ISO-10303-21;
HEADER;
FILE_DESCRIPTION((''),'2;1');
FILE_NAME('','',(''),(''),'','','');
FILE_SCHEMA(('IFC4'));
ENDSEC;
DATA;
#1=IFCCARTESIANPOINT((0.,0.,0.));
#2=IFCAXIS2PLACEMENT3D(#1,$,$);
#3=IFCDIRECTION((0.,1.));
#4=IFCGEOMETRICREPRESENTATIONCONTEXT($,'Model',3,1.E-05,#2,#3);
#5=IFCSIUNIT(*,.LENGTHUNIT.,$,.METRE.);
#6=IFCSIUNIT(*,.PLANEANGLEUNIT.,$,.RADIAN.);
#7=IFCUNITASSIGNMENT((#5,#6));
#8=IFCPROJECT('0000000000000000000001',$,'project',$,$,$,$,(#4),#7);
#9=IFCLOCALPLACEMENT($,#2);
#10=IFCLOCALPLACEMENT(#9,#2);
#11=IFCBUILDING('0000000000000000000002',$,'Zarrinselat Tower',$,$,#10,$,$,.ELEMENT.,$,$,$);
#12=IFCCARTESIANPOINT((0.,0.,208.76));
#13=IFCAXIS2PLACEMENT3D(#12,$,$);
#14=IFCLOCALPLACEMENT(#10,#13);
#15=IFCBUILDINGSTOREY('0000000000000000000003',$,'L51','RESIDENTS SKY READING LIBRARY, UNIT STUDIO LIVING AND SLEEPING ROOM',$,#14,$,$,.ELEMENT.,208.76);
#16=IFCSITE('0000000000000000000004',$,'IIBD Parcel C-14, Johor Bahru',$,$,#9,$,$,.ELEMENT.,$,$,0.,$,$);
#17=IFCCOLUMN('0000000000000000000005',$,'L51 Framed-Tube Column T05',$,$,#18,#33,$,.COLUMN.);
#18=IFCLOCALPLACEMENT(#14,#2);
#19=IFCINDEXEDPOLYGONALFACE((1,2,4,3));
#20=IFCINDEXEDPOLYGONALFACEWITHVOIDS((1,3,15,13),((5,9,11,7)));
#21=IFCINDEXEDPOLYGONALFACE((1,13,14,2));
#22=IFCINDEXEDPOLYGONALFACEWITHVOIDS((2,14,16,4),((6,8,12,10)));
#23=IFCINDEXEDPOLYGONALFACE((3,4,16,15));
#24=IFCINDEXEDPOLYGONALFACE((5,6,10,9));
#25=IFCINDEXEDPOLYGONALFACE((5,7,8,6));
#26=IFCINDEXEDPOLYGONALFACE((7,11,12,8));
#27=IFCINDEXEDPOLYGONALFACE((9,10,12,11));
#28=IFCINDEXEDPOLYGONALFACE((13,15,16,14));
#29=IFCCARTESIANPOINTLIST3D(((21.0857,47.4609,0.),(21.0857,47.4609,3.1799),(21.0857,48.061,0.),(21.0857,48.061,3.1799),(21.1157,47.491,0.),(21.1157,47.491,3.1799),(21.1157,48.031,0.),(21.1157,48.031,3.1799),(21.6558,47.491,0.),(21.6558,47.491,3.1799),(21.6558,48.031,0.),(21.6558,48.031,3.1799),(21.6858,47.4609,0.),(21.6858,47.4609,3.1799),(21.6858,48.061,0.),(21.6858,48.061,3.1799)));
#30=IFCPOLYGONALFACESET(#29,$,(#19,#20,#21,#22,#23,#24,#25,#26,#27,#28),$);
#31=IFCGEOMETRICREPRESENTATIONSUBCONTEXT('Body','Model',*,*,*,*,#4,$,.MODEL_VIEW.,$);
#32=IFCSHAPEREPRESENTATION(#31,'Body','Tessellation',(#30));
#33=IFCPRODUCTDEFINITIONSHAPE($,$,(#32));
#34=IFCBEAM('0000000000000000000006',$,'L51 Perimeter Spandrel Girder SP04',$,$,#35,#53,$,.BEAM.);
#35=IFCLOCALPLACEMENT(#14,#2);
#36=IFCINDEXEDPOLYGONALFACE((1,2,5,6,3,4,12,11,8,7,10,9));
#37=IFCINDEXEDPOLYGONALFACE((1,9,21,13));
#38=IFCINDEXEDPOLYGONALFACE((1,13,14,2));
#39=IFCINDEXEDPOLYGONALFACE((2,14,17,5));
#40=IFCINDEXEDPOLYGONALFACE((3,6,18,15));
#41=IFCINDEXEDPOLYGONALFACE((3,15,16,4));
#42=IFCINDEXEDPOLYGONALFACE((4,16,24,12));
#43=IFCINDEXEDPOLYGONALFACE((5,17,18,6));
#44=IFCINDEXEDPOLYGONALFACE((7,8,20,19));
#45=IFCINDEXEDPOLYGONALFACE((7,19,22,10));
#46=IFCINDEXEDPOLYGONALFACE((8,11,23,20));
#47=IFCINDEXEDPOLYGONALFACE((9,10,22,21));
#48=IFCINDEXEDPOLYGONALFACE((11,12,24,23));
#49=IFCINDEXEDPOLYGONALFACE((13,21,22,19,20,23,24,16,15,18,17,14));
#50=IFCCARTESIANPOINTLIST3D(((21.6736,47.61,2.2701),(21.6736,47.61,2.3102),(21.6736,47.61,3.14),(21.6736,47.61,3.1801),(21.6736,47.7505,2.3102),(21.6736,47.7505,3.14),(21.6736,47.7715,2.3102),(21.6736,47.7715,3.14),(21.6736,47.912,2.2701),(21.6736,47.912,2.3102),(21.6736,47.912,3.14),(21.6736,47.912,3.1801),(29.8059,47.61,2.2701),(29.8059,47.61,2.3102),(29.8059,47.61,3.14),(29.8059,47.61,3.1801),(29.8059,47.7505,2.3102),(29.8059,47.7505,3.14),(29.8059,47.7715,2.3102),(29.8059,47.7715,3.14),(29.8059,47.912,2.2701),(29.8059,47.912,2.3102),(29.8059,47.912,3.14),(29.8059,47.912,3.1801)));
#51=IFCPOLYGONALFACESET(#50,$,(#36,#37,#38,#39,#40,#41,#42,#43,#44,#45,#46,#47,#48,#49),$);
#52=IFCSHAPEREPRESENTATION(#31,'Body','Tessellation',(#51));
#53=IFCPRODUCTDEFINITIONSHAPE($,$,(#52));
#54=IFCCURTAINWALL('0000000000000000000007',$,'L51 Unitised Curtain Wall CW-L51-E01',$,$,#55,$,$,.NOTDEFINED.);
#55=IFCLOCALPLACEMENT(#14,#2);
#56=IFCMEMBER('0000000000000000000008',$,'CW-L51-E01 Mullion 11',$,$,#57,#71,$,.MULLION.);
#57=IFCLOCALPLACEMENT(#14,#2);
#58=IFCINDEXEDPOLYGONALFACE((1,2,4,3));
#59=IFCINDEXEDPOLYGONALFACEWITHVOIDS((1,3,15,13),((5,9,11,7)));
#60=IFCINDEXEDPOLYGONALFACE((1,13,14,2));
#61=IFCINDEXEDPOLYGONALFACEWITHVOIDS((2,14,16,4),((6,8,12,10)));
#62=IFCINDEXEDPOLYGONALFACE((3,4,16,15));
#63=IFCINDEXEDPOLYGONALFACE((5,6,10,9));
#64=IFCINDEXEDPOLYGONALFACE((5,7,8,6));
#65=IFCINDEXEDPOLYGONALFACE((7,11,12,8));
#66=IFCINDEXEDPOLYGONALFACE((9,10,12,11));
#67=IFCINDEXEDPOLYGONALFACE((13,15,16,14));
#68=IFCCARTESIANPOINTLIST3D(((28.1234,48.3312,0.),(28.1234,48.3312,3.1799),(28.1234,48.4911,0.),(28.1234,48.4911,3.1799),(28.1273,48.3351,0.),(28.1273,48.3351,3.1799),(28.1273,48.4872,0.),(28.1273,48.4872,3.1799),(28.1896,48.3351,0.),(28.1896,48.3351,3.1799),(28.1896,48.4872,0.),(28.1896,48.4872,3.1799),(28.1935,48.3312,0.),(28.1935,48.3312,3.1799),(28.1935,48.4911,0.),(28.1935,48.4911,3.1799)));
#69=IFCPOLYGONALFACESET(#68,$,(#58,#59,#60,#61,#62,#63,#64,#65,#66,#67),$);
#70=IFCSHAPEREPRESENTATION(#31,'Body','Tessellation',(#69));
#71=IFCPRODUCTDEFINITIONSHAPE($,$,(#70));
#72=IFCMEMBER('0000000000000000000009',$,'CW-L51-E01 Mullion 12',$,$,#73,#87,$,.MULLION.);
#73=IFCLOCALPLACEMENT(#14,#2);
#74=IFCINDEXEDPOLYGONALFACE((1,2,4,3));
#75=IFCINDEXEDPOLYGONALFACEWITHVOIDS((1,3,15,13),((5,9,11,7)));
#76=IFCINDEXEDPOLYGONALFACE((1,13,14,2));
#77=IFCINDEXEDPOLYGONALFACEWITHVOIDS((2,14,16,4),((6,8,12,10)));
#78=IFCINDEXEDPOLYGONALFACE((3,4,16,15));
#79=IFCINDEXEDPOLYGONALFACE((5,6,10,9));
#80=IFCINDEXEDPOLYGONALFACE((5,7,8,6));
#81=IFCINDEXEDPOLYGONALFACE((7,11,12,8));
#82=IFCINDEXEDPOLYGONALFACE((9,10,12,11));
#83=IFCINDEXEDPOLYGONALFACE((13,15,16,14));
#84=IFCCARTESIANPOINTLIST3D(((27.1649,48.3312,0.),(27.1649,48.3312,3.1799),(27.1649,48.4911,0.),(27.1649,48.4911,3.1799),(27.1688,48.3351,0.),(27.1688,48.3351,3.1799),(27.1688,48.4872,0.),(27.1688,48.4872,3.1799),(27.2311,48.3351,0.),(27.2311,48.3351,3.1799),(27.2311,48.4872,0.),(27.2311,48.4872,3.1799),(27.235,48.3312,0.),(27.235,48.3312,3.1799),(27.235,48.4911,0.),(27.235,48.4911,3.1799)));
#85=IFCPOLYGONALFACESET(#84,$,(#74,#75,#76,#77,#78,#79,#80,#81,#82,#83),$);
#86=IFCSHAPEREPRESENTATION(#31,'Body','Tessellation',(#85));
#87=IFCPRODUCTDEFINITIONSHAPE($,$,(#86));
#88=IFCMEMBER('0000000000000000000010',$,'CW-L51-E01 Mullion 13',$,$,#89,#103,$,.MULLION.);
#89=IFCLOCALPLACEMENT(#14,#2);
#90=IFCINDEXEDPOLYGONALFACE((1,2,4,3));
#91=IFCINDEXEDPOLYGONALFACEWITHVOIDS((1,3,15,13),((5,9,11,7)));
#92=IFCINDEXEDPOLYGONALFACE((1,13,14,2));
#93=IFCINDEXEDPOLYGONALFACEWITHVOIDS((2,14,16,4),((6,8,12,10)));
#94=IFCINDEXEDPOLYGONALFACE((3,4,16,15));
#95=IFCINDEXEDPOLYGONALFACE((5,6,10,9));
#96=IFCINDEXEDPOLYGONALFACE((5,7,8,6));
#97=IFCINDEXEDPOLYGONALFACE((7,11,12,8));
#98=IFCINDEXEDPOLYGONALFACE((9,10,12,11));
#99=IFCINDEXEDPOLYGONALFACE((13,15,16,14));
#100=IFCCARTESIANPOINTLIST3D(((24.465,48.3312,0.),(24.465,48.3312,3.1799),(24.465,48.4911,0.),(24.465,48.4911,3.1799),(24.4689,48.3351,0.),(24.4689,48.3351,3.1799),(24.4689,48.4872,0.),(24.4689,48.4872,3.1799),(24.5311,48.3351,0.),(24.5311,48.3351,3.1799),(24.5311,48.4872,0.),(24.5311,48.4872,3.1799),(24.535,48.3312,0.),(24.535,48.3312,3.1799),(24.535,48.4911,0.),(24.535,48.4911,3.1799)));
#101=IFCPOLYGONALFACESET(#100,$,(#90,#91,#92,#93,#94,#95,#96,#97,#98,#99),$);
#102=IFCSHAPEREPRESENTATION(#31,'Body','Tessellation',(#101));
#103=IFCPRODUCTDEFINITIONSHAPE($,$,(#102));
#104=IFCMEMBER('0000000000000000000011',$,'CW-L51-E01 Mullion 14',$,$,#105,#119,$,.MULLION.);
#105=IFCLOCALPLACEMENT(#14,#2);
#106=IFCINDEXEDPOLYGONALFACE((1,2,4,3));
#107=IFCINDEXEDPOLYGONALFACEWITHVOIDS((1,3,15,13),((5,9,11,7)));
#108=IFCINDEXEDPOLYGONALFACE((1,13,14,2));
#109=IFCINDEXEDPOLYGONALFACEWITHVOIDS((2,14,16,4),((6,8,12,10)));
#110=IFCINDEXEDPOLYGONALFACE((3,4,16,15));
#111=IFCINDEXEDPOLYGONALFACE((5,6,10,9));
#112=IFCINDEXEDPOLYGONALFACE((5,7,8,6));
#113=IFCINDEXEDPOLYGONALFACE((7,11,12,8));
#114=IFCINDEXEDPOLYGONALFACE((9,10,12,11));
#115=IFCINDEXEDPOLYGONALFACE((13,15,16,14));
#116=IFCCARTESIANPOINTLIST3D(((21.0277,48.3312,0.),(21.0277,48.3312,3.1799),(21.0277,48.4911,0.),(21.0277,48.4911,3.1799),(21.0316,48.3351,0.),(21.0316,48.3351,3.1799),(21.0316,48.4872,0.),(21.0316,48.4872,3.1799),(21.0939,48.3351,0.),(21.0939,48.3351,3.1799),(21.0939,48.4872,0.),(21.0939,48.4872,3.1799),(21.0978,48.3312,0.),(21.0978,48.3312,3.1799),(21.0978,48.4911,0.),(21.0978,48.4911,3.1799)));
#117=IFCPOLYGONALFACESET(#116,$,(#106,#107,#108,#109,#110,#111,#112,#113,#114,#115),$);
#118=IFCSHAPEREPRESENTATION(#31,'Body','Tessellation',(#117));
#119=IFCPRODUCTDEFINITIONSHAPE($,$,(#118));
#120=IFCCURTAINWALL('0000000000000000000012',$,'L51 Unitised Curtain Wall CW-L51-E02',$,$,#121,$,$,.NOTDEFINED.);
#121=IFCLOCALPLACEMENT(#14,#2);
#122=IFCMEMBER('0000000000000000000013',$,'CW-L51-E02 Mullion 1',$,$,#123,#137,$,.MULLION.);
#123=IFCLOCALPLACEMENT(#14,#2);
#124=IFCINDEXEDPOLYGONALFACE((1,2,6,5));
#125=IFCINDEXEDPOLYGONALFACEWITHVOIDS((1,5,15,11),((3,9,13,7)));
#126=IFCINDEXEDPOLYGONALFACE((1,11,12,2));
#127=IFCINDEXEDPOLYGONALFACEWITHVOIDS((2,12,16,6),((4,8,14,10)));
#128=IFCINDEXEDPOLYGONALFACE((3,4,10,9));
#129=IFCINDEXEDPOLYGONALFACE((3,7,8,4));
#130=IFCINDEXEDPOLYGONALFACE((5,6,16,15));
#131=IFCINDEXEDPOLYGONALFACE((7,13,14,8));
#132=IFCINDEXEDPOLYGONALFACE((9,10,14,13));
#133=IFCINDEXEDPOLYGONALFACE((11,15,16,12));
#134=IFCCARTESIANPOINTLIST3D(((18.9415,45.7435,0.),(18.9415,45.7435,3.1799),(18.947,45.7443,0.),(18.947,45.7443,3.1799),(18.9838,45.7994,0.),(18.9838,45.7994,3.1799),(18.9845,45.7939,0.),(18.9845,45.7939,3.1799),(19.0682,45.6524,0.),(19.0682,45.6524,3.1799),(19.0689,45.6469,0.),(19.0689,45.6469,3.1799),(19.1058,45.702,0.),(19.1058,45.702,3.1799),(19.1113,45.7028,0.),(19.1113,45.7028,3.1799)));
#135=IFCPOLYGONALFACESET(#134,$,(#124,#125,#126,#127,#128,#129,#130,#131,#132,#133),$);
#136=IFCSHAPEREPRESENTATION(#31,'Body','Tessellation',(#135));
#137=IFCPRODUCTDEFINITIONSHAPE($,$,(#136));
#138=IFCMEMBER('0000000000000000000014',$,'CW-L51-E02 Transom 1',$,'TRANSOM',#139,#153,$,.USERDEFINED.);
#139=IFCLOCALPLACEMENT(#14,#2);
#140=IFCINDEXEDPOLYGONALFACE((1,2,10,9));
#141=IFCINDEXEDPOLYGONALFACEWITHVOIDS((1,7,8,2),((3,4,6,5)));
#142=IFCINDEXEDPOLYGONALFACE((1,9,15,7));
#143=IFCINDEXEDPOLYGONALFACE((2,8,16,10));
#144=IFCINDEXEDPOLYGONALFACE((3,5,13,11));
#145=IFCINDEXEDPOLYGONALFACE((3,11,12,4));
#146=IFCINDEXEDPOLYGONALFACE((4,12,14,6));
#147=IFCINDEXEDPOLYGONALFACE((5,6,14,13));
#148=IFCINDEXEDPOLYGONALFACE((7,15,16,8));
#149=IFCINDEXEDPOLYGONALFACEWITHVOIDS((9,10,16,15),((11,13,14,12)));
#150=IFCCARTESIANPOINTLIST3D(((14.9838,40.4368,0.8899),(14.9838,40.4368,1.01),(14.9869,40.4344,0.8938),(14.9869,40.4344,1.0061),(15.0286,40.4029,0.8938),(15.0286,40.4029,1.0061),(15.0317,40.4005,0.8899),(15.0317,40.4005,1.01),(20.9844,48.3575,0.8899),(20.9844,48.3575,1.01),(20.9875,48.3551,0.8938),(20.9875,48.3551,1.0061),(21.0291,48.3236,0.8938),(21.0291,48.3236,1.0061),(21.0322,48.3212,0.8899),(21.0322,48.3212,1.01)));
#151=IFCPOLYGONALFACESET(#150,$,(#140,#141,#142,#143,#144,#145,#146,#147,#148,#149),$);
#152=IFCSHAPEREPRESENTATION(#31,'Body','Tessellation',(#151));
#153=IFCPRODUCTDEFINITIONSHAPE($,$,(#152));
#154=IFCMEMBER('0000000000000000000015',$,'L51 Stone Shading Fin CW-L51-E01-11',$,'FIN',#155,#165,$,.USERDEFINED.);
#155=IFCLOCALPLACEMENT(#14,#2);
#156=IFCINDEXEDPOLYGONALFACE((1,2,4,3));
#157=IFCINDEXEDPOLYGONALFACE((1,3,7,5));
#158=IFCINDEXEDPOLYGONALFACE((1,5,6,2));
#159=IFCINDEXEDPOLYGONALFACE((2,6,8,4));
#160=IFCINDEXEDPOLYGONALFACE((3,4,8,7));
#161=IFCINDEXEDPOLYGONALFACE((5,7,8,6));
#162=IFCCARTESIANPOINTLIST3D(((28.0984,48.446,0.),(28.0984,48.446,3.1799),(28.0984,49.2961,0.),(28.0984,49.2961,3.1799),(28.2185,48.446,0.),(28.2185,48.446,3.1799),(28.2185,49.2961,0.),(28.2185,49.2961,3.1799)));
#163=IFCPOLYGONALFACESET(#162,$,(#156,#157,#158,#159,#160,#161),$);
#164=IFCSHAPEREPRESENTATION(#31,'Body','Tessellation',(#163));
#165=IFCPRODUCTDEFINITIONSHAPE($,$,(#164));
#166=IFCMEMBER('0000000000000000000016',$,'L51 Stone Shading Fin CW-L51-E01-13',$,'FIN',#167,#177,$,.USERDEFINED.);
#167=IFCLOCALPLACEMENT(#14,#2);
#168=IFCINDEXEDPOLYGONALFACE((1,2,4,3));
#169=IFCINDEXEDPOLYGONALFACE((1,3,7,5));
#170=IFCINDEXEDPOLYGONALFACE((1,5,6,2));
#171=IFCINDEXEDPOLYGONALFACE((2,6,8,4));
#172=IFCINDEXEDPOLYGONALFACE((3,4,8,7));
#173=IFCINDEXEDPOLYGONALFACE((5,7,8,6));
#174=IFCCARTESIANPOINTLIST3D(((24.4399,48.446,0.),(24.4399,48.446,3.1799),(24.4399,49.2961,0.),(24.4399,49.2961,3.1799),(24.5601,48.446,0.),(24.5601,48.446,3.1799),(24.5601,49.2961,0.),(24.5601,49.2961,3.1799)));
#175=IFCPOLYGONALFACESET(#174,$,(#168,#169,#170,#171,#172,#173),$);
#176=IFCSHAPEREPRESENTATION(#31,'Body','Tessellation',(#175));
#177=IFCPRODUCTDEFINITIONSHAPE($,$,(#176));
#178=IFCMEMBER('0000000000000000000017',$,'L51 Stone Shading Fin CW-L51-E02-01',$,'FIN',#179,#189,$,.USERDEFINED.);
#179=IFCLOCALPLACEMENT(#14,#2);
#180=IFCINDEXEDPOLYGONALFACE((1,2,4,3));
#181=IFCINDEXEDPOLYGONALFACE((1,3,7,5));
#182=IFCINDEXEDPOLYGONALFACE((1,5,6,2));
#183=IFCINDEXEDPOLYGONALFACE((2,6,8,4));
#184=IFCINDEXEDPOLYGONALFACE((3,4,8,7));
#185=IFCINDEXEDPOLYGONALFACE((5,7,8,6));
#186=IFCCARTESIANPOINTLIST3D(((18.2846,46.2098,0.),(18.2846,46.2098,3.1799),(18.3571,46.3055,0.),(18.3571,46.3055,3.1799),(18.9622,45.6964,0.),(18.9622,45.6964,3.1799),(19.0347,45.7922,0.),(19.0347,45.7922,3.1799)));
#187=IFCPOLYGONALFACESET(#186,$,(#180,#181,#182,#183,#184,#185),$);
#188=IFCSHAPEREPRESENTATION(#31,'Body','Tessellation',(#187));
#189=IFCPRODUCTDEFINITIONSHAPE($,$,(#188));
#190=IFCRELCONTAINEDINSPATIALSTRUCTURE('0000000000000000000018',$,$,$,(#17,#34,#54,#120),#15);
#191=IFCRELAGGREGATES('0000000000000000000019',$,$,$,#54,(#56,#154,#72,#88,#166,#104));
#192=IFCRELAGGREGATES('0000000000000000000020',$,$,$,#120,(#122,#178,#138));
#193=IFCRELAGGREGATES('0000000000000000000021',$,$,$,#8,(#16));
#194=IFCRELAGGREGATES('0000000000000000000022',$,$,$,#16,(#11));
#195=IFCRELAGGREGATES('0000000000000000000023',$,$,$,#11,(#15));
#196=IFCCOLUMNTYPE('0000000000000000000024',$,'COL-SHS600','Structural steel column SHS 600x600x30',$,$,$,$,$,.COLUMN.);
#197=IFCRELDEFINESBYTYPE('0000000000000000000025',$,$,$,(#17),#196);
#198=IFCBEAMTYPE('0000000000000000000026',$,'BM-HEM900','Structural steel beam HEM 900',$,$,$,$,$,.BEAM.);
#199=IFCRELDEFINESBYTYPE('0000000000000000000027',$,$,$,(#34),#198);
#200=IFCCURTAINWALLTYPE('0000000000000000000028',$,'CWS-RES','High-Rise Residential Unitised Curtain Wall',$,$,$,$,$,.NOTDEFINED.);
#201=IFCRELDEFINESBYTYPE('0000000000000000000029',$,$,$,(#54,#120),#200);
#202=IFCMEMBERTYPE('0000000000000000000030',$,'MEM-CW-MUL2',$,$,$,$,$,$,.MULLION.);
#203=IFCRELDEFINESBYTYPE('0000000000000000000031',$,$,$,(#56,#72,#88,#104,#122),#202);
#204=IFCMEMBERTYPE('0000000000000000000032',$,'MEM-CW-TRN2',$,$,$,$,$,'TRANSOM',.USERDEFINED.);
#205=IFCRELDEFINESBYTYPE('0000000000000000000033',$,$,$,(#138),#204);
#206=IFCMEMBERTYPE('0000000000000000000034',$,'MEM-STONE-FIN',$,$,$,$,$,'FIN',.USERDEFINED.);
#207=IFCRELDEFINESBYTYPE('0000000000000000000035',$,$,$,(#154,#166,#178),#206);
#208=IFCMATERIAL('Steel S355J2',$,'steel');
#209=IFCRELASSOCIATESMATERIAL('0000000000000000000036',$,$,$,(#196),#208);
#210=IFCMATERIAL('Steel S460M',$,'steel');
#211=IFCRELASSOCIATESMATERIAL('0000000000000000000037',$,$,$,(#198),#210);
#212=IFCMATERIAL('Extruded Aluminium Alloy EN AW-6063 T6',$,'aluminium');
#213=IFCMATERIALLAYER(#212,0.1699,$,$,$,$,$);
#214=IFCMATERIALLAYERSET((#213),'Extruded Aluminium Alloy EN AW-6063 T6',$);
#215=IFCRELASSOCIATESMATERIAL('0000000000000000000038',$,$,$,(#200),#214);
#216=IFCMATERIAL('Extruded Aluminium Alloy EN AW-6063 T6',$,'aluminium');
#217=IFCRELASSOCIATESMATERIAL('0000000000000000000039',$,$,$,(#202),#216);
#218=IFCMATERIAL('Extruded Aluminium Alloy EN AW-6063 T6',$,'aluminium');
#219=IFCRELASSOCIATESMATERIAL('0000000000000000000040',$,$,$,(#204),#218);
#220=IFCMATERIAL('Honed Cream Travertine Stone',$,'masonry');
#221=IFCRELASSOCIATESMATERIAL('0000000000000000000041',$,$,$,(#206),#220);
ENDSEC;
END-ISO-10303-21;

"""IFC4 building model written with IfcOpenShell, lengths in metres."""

from ifc_helpers import new_model, si_unit, direction, frame, origin, origin_2d, place, context, subcontext, project, spatial, rectangle, hollow_rectangle, i_section, extrude, material, layer, layer_set, material_profile, profile_set, type_object, element, aggregate, save


model = new_model("IFC4")

# Units and contexts
model_context = context("Model", 3, precision=1e-05, world=origin(), true_north=direction((0.0, 1.0)))
body_context = subcontext(model_context, "Body", "Model", "MODEL_VIEW")
ifc_project = project(units=[si_unit("LENGTHUNIT", "METRE"), si_unit("PLANEANGLEUNIT", "RADIAN")], contexts=[model_context])

# Site, building, storey
site_placement = place(None, origin())
site = spatial("IfcSite", under=ifc_project, at=site_placement, Name="IIBD Parcel C-14, Johor Bahru", CompositionType="ELEMENT", RefElevation=0.0)
building_placement = place(site_placement, origin())
building = spatial("IfcBuilding", under=site, at=building_placement, Name="Zarrinselat Tower", CompositionType="ELEMENT")
storey_placement = place(building_placement, frame((0.0, 0.0, 208.76)))
storey = spatial("IfcBuildingStorey", under=building, at=storey_placement, Name="L51", Description="RESIDENTS SKY READING LIBRARY, UNIT STUDIO LIVING AND SLEEPING ROOM", CompositionType="ELEMENT", Elevation=208.76)

# Column
ifc_material_1 = material(Name="Steel S355J2", Category="steel")
ifc_material_profile_1 = material_profile(ifc_material_1, hollow_rectangle(XDim=0.6001, YDim=0.6001, WallThickness=0.03, at=origin_2d()), Name="SHS 600x600x30")
ifc_profile_set_1 = profile_set([ifc_material_profile_1], Name="Steel S355J2")
column_type = type_object("IfcColumnType", Name="COL-SHS600", Description="Structural steel column SHS 600x600x30", PredefinedType="COLUMN", material=ifc_profile_set_1)
column_placement = place(storey_placement, frame((21.3857, 47.761, 0.0), z_axis=(0.0, 0.0, 1.0), x_axis=(1.0, 0.0, 0.0)))
element("IfcColumn", 1, at=column_placement, inside=storey, type_object=column_type, Name="L51 Framed-Tube Column T05", PredefinedType="COLUMN", context=body_context, shape_type="SweptSolid", body=[
    extrude(hollow_rectangle(XDim=0.6001, YDim=0.6001, WallThickness=0.03, at=origin_2d()), origin(), (0.0, 0.0, 1.0), 3.1799),
])

# Beam
ifc_material_2 = material(Name="Steel S460M", Category="steel")
ifc_material_profile_2 = material_profile(ifc_material_2, i_section(OverallWidth=0.302, OverallDepth=0.9099, WebThickness=0.021, FlangeThickness=0.04, at=origin_2d()), Name="HEM 900")
ifc_profile_set_2 = profile_set([ifc_material_profile_2], Name="Steel S460M")
beam_type = type_object("IfcBeamType", Name="BM-HEM900", Description="Structural steel beam HEM 900", PredefinedType="BEAM", material=ifc_profile_set_2)
beam_placement = place(storey_placement, frame((21.6736, 47.761, 2.7251), z_axis=(1.0, 0.0, 0.0), x_axis=(0.0, 1.0, 0.0)))
element("IfcBeam", 2, at=beam_placement, inside=storey, type_object=beam_type, Name="L51 Perimeter Spandrel Girder SP04", PredefinedType="BEAM", context=body_context, shape_type="SweptSolid", body=[
    extrude(i_section(OverallWidth=0.302, OverallDepth=0.9099, WebThickness=0.021, FlangeThickness=0.04, at=origin_2d()), origin(), (0.0, 0.0, 1.0), 8.1323),
])

# Curtain walls, members
ifc_material_3 = material(Name="Extruded Aluminium Alloy EN AW-6063 T6", Category="aluminium")
ifc_layer_1 = layer(ifc_material_3, 0.1699)
ifc_layer_set_1 = layer_set([ifc_layer_1], Name="Extruded Aluminium Alloy EN AW-6063 T6")
curtain_wall_type = type_object("IfcCurtainWallType", Name="CWS-RES", Description="High-Rise Residential Unitised Curtain Wall", PredefinedType="NOTDEFINED", material=ifc_layer_set_1)
curtain_wall_1_placement = place(storey_placement, origin())
curtain_wall_1 = element("IfcCurtainWall", 3, at=curtain_wall_1_placement, inside=storey, type_object=curtain_wall_type, Name="L51 Unitised Curtain Wall CW-L51-E01", PredefinedType="NOTDEFINED")
ifc_material_4 = material(Name="Extruded Aluminium Alloy EN AW-6063 T6", Category="aluminium")
ifc_material_profile_3 = material_profile(ifc_material_4, hollow_rectangle(XDim=0.0701, YDim=0.1599, WallThickness=0.0039, at=origin_2d()), Name="RHS 160x70x4")
ifc_profile_set_3 = profile_set([ifc_material_profile_3], Name="Extruded Aluminium Alloy EN AW-6063 T6")
member_type_1 = type_object("IfcMemberType", Name="MEM-CW-MUL2", PredefinedType="MULLION", material=ifc_profile_set_3)
member_1_placement = place(storey_placement, frame((28.1584, 48.4111, 0.0), z_axis=(0.0, 0.0, 1.0), x_axis=(-1.0, 0.0, 0.0)))
member_1 = element("IfcMember", 4, at=member_1_placement, type_object=member_type_1, Name="CW-L51-E01 Mullion 11", PredefinedType="MULLION", context=body_context, shape_type="SweptSolid", body=[
    extrude(hollow_rectangle(XDim=0.0701, YDim=0.1599, WallThickness=0.0039, at=origin_2d()), origin(), (0.0, 0.0, 1.0), 3.1799),
])
member_2_placement = place(storey_placement, frame((27.2, 48.4111, 0.0), z_axis=(0.0, 0.0, 1.0), x_axis=(-1.0, 0.0, 0.0)))
member_2 = element("IfcMember", 5, at=member_2_placement, type_object=member_type_1, Name="CW-L51-E01 Mullion 12", PredefinedType="MULLION", context=body_context, shape_type="SweptSolid", body=[
    extrude(hollow_rectangle(XDim=0.0701, YDim=0.1599, WallThickness=0.0039, at=origin_2d()), origin(), (0.0, 0.0, 1.0), 3.1799),
])
member_3_placement = place(storey_placement, frame((24.5, 48.4111, 0.0), z_axis=(0.0, 0.0, 1.0), x_axis=(-1.0, 0.0, 0.0)))
member_3 = element("IfcMember", 6, at=member_3_placement, type_object=member_type_1, Name="CW-L51-E01 Mullion 13", PredefinedType="MULLION", context=body_context, shape_type="SweptSolid", body=[
    extrude(hollow_rectangle(XDim=0.0701, YDim=0.1599, WallThickness=0.0039, at=origin_2d()), origin(), (0.0, 0.0, 1.0), 3.1799),
])
member_4_placement = place(storey_placement, frame((21.0627, 48.4111, 0.0), z_axis=(0.0, 0.0, 1.0), x_axis=(-1.0, 0.0, 0.0)))
member_4 = element("IfcMember", 7, at=member_4_placement, type_object=member_type_1, Name="CW-L51-E01 Mullion 14", PredefinedType="MULLION", context=body_context, shape_type="SweptSolid", body=[
    extrude(hollow_rectangle(XDim=0.0701, YDim=0.1599, WallThickness=0.0039, at=origin_2d()), origin(), (0.0, 0.0, 1.0), 3.1799),
])
curtain_wall_2_placement = place(storey_placement, origin())
curtain_wall_2 = element("IfcCurtainWall", 8, at=curtain_wall_2_placement, inside=storey, type_object=curtain_wall_type, Name="L51 Unitised Curtain Wall CW-L51-E02", PredefinedType="NOTDEFINED")
member_5_placement = place(storey_placement, frame((19.0264, 45.7231, 0.0), z_axis=(0.0, 0.0, 1.0), x_axis=(-0.603854, -0.797095, 0.0)))
member_5 = element("IfcMember", 9, at=member_5_placement, type_object=member_type_1, Name="CW-L51-E02 Mullion 1", PredefinedType="MULLION", context=body_context, shape_type="SweptSolid", body=[
    extrude(hollow_rectangle(XDim=0.0701, YDim=0.1599, WallThickness=0.0039, at=origin_2d()), origin(), (0.0, 0.0, 1.0), 3.1799),
])
ifc_material_5 = material(Name="Extruded Aluminium Alloy EN AW-6063 T6", Category="aluminium")
ifc_material_profile_4 = material_profile(ifc_material_5, hollow_rectangle(XDim=0.0601, YDim=0.1201, WallThickness=0.0039, at=origin_2d()), Name="RHS 120x60x4")
ifc_profile_set_4 = profile_set([ifc_material_profile_4], Name="Extruded Aluminium Alloy EN AW-6063 T6")
member_type_2 = type_object("IfcMemberType", Name="MEM-CW-TRN2", ElementType="TRANSOM", PredefinedType="USERDEFINED", material=ifc_profile_set_4)
member_6_placement = place(storey_placement, frame((21.0083, 48.3394, 0.95), z_axis=(-0.603857, -0.797093, 0.0), x_axis=(0.797093, -0.603857, 0.0)))
member_6 = element("IfcMember", 10, at=member_6_placement, type_object=member_type_2, Name="CW-L51-E02 Transom 1", ObjectType="TRANSOM", PredefinedType="USERDEFINED", context=body_context, shape_type="SweptSolid", body=[
    extrude(hollow_rectangle(XDim=0.0601, YDim=0.1201, WallThickness=0.0039, at=origin_2d()), origin(), (0.0, 0.0, 1.0), 9.937),
])

# Members
ifc_material_6 = material(Name="Honed Cream Travertine Stone", Category="masonry")
ifc_material_profile_5 = material_profile(ifc_material_6, rectangle(XDim=0.1201, YDim=0.8501, at=origin_2d()), Name="FIN 850x120")
ifc_profile_set_5 = profile_set([ifc_material_profile_5], Name="Honed Cream Travertine Stone")
member_type_3 = type_object("IfcMemberType", Name="MEM-STONE-FIN", ElementType="FIN", PredefinedType="USERDEFINED", material=ifc_profile_set_5)
member_7_placement = place(storey_placement, frame((28.1584, 48.8711, 0.0), z_axis=(0.0, 0.0, 1.0), x_axis=(1.0, 0.0, 0.0)))
member_7 = element("IfcMember", 11, at=member_7_placement, type_object=member_type_3, Name="L51 Stone Shading Fin CW-L51-E01-11", ObjectType="FIN", PredefinedType="USERDEFINED", context=body_context, shape_type="SweptSolid", body=[
    extrude(rectangle(XDim=0.1201, YDim=0.8501, at=origin_2d()), origin(), (0.0, 0.0, 1.0), 3.1799),
])
member_8_placement = place(storey_placement, frame((24.5, 48.8711, 0.0), z_axis=(0.0, 0.0, 1.0), x_axis=(1.0, 0.0, 0.0)))
member_8 = element("IfcMember", 12, at=member_8_placement, type_object=member_type_3, Name="L51 Stone Shading Fin CW-L51-E01-13", ObjectType="FIN", PredefinedType="USERDEFINED", context=body_context, shape_type="SweptSolid", body=[
    extrude(rectangle(XDim=0.1201, YDim=0.8501, at=origin_2d()), origin(), (0.0, 0.0, 1.0), 3.1799),
])
member_9_placement = place(storey_placement, frame((18.6597, 46.001, 0.0), z_axis=(0.0, 0.0, 1.0), x_axis=(0.603854, 0.797095, 0.0)))
member_9 = element("IfcMember", 13, at=member_9_placement, type_object=member_type_3, Name="L51 Stone Shading Fin CW-L51-E02-01", ObjectType="FIN", PredefinedType="USERDEFINED", context=body_context, shape_type="SweptSolid", body=[
    extrude(rectangle(XDim=0.1201, YDim=0.8501, at=origin_2d()), origin(), (0.0, 0.0, 1.0), 3.1799),
])

aggregate(curtain_wall_1, [member_1, member_7, member_2, member_3, member_8, member_4])
aggregate(curtain_wall_2, [member_5, member_9, member_6])

save(model, "model.ifc")
